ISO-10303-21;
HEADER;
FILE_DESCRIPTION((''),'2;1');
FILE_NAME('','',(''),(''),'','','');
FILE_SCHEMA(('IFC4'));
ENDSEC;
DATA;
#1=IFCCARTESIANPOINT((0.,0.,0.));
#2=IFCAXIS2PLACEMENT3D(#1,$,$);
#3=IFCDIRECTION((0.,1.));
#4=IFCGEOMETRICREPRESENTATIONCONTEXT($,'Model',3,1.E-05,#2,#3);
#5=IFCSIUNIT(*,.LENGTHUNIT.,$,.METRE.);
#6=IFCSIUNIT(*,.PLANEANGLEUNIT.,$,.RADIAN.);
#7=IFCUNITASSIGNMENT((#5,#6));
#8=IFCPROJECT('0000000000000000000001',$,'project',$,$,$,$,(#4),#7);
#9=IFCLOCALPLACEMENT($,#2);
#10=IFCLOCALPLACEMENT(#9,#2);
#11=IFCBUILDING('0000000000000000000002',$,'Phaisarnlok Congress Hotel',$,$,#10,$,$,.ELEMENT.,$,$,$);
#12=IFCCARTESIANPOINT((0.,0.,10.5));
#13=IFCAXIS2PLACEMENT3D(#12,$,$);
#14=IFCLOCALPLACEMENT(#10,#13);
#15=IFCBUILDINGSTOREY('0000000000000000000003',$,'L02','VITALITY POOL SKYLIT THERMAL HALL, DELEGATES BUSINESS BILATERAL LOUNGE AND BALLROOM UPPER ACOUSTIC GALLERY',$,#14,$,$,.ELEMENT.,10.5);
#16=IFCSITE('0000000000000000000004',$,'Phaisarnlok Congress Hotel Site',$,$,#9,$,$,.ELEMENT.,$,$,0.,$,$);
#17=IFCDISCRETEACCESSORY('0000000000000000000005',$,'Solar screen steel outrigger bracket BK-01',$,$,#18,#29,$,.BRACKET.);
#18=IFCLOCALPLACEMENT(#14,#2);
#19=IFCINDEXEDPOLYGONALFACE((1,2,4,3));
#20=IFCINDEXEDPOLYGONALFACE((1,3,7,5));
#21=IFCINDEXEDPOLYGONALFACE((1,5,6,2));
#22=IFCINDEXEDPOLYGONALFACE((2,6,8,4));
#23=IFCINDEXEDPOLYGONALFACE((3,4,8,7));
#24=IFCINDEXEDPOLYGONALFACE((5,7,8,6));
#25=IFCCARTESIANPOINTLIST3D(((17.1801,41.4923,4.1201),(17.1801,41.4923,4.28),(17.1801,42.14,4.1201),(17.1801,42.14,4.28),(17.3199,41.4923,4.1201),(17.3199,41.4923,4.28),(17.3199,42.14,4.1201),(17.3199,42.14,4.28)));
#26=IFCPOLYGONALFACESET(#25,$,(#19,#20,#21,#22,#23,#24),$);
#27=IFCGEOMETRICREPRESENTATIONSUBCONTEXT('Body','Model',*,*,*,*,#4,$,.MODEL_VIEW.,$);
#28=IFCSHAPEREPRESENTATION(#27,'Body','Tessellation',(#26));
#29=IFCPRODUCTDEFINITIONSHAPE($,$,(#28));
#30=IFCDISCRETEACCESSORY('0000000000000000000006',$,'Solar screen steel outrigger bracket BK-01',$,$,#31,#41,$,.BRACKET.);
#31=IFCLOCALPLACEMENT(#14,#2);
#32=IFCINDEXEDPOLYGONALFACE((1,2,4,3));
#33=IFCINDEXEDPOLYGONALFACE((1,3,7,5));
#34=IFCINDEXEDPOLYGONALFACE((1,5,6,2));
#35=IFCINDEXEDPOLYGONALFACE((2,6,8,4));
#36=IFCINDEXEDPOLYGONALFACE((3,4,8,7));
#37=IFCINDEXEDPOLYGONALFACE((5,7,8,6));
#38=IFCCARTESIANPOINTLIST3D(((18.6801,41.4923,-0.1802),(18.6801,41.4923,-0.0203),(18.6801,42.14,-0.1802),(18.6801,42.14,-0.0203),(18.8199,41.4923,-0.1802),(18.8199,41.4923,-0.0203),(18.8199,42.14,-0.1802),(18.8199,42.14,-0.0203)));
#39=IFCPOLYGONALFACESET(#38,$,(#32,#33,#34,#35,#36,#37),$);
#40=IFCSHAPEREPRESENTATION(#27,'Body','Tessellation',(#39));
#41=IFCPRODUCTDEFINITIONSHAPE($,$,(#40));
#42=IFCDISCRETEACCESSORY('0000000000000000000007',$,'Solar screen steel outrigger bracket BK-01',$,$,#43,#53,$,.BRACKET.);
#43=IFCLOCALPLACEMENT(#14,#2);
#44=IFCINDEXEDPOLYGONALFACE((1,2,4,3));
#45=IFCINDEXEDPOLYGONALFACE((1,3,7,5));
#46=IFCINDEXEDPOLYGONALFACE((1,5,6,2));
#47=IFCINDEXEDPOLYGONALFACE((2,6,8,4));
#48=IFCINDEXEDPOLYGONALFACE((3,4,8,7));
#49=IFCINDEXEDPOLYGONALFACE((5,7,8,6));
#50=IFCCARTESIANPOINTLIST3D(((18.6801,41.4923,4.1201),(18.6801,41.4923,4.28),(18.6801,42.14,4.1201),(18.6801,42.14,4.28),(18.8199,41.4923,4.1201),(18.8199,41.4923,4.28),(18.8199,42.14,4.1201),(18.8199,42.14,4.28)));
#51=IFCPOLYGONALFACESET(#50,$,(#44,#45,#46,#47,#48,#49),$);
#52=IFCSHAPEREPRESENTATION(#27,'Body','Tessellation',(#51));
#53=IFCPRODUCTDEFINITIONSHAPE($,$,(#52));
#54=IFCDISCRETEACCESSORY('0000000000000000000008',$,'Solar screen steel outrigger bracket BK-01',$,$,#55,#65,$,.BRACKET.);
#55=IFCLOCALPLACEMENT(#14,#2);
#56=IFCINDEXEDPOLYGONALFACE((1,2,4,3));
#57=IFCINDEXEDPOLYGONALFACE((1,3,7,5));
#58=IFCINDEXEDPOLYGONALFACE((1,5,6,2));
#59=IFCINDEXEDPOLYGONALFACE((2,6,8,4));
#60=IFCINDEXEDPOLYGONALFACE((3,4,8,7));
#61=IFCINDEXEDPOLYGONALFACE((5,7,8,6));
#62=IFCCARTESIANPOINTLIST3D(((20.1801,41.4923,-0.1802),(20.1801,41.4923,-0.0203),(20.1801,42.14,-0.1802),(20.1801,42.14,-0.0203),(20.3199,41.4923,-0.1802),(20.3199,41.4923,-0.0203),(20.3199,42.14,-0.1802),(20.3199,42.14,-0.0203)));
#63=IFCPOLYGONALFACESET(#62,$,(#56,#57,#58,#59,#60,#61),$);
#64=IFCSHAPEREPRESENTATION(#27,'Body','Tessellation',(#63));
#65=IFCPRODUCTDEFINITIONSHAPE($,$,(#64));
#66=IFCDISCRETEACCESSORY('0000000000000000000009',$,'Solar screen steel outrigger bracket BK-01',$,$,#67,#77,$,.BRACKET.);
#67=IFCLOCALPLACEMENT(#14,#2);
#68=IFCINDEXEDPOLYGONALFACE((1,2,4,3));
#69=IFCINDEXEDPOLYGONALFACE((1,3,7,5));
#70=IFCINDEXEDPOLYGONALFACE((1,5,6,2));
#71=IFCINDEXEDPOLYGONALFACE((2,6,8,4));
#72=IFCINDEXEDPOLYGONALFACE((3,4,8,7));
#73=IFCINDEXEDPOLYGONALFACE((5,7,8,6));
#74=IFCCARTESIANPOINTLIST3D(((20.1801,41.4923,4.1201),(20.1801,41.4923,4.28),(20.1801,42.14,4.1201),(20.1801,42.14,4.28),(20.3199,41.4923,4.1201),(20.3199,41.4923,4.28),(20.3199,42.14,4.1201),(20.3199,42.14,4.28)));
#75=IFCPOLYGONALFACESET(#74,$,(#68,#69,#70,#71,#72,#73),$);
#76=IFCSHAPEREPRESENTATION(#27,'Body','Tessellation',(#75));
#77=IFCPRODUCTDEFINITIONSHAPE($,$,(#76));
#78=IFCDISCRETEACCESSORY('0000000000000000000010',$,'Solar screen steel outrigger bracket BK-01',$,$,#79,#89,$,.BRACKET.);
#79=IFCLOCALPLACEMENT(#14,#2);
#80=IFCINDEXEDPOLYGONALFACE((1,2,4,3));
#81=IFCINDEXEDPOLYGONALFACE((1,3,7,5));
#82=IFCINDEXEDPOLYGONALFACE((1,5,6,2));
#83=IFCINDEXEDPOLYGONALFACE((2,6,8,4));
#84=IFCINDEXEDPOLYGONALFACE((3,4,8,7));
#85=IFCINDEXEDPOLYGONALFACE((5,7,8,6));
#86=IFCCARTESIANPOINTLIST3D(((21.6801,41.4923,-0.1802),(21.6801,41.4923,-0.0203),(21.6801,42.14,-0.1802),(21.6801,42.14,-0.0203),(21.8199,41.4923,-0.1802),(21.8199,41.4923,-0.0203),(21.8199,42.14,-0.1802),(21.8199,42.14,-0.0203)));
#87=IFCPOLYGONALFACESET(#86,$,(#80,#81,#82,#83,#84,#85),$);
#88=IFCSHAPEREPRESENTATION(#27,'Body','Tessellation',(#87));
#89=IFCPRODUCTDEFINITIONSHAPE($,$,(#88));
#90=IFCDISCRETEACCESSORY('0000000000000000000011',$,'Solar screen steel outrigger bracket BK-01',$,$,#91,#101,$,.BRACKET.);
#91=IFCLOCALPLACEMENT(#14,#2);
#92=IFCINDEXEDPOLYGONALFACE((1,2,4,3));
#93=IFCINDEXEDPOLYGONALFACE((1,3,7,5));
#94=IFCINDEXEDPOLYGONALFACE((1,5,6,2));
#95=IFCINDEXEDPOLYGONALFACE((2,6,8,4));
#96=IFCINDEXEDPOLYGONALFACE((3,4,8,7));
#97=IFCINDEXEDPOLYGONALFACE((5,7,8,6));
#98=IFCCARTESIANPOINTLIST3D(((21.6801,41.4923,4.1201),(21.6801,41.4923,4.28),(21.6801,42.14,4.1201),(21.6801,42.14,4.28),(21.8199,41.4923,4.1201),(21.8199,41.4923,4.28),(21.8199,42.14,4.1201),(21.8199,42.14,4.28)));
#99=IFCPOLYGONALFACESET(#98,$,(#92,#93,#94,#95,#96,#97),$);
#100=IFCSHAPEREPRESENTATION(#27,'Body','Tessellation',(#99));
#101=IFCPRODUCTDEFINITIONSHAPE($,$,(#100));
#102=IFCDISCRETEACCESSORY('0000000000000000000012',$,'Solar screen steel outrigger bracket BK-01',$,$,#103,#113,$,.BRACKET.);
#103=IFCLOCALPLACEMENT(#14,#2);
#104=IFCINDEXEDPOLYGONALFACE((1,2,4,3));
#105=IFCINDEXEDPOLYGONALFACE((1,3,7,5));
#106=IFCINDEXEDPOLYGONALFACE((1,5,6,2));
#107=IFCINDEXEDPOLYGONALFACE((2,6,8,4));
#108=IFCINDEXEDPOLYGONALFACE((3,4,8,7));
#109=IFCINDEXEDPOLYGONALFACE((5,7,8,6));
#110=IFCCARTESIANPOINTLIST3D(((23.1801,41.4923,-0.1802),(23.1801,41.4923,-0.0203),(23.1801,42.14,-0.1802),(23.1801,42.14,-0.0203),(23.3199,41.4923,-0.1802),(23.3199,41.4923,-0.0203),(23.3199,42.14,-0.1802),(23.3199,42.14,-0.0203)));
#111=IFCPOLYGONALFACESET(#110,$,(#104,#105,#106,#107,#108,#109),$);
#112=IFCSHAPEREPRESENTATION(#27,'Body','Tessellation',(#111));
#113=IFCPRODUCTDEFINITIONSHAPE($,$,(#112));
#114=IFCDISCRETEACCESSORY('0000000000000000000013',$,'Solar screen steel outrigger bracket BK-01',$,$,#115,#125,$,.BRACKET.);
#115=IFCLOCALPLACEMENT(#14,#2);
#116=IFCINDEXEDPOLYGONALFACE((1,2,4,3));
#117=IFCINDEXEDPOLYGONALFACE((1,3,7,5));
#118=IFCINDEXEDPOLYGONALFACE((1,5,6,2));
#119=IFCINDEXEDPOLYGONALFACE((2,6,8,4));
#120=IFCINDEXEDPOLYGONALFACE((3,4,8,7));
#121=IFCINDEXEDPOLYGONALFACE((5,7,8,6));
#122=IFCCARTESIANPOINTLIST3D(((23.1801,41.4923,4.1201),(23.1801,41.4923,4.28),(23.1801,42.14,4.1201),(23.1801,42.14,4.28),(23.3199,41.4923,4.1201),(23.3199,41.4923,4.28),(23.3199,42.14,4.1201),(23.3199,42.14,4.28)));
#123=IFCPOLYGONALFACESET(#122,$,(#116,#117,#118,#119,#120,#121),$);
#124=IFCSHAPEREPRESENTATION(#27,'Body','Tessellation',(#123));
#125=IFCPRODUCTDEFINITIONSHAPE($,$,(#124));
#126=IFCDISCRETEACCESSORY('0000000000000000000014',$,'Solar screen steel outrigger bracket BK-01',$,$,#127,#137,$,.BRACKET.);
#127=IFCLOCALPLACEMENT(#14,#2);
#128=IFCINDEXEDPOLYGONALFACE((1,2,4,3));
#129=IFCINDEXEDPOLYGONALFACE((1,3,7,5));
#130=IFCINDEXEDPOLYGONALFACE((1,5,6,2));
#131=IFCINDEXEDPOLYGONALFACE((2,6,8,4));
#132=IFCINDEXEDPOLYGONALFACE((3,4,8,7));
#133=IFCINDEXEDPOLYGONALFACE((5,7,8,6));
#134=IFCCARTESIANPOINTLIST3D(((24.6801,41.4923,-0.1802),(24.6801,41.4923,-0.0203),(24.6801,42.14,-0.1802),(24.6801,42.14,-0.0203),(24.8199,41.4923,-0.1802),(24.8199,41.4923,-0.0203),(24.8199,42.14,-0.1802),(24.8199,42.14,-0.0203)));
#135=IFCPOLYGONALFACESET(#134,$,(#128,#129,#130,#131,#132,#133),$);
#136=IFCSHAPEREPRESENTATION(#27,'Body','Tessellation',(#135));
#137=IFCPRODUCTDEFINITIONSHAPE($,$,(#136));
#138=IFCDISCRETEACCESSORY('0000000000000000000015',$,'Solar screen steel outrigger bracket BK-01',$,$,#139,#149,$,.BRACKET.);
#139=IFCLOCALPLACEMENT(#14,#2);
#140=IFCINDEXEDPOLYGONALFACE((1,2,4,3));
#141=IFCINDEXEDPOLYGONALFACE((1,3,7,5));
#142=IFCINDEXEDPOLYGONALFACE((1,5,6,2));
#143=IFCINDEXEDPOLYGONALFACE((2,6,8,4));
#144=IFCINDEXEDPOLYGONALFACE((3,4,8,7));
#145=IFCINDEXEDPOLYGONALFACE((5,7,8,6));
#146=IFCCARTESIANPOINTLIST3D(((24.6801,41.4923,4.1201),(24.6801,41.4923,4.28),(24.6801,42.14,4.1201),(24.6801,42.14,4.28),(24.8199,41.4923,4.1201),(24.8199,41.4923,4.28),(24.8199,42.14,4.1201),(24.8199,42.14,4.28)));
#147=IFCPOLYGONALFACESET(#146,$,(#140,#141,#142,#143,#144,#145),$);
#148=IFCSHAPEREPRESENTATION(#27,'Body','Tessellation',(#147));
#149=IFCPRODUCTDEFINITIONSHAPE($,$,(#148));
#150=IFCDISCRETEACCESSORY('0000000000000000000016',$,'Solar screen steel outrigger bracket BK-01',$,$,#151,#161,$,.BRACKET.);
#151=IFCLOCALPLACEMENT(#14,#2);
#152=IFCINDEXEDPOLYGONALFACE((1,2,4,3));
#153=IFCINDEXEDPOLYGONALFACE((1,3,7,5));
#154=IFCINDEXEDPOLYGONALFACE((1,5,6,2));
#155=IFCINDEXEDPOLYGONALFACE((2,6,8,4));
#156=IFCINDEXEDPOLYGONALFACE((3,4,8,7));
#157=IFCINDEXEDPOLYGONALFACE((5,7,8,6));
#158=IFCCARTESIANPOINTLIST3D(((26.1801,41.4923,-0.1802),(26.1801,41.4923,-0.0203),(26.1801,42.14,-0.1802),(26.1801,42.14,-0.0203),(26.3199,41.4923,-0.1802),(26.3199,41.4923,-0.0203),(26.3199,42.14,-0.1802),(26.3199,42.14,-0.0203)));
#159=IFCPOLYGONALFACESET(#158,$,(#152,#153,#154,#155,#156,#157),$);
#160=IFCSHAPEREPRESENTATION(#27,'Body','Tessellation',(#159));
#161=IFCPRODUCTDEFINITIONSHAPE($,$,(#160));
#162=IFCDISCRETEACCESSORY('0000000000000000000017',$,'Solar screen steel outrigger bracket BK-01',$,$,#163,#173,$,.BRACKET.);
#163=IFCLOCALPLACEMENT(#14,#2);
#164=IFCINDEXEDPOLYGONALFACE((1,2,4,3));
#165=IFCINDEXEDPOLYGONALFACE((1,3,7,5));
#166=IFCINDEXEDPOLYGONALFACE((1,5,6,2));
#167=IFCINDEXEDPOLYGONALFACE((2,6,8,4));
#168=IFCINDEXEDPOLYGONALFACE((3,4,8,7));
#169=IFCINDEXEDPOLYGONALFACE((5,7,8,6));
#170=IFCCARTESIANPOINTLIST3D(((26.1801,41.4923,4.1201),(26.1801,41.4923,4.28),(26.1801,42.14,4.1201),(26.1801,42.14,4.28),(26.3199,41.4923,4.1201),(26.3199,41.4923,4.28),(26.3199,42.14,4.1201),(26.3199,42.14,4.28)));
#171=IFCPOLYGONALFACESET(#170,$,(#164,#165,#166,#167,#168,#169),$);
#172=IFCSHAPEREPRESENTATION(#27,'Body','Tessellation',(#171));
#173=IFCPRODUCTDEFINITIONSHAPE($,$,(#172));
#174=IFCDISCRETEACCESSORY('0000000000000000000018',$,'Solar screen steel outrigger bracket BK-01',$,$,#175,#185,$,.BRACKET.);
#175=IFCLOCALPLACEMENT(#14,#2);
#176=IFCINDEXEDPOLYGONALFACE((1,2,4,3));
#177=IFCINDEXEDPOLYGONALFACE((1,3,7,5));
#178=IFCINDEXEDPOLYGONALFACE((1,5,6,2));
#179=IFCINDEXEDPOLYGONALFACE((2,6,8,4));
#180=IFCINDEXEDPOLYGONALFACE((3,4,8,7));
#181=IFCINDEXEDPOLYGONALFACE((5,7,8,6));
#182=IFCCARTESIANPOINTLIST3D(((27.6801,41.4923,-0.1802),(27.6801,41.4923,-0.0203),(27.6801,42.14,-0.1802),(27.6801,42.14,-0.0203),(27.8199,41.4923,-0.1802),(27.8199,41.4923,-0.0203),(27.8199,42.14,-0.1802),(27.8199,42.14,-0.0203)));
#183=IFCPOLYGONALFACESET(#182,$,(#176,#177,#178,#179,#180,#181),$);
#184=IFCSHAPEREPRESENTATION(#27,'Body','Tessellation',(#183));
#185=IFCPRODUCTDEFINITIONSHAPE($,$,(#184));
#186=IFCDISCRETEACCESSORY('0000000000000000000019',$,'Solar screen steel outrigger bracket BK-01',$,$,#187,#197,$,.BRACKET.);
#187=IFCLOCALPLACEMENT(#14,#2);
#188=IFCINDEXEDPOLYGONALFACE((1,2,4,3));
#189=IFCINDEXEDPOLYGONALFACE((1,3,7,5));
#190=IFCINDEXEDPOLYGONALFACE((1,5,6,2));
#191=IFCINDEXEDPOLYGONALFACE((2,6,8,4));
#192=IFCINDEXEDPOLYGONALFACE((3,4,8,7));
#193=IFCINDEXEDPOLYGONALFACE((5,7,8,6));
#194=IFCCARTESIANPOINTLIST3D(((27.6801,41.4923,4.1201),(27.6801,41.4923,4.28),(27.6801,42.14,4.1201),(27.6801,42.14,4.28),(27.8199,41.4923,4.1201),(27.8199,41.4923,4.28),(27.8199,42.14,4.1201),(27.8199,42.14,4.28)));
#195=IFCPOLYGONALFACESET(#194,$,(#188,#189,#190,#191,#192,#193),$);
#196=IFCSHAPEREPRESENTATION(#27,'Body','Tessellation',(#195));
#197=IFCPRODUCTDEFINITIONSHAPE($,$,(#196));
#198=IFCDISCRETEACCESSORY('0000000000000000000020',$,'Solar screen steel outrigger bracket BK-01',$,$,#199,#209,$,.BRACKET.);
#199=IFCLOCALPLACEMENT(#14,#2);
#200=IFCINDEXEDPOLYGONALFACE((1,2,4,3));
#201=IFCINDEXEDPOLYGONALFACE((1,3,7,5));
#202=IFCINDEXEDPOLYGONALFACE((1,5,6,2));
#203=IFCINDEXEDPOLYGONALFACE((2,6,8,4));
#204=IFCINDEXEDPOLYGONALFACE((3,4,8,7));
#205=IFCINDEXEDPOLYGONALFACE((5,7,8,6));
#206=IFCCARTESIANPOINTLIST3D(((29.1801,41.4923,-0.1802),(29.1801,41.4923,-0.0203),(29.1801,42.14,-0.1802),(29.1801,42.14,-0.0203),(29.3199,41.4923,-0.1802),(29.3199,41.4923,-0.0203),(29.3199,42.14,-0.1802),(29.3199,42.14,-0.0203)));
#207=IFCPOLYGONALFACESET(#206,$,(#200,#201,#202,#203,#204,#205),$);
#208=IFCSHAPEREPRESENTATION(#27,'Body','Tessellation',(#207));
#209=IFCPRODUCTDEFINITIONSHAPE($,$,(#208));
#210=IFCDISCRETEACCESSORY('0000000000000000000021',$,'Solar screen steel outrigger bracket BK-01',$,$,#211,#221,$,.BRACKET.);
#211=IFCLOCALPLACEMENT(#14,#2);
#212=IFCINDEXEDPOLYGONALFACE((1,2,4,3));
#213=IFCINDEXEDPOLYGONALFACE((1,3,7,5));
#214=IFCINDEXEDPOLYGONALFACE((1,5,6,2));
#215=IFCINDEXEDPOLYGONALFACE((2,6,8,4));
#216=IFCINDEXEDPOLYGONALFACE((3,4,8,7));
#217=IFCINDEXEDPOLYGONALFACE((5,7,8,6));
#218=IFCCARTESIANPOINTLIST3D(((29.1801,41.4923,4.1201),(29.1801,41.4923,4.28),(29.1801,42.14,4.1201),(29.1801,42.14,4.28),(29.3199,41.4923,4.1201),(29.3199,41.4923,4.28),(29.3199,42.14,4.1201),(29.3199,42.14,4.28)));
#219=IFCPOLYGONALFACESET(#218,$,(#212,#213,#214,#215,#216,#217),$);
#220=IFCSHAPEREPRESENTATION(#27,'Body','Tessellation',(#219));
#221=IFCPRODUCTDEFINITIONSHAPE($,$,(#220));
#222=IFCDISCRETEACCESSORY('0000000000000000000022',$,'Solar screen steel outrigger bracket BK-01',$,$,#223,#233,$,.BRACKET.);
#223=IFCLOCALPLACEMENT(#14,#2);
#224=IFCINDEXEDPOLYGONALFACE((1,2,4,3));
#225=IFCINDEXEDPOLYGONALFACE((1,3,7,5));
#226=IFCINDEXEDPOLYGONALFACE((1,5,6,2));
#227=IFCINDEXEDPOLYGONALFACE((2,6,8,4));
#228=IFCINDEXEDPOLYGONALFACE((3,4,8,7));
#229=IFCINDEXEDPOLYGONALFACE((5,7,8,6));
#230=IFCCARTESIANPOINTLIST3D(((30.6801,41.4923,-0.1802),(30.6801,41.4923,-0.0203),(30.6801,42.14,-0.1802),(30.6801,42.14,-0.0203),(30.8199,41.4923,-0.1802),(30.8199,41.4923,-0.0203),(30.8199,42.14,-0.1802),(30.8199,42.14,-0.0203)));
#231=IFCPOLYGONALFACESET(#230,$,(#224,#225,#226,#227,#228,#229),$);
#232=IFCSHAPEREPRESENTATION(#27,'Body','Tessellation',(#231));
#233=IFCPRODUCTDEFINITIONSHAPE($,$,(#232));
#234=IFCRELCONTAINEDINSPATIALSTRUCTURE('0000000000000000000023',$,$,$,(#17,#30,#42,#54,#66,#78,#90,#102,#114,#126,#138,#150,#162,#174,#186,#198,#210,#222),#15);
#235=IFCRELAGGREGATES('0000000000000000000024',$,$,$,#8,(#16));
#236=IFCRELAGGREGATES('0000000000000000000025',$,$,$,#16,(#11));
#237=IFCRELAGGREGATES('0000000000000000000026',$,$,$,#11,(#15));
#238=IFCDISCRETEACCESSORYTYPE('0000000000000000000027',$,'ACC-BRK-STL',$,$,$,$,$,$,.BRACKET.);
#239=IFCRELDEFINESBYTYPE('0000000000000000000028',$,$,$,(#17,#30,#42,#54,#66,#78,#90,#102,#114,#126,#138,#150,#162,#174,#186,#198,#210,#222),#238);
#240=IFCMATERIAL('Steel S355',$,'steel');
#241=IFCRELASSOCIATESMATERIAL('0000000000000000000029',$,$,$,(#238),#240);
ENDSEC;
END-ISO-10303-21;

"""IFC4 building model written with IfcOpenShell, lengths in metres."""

from ifc_helpers import new_model, si_unit, direction, frame, origin, origin_2d, place, context, subcontext, project, spatial, rectangle, extrude, material, type_object, element, save


model = new_model("IFC4")

# Units and contexts
model_context = context("Model", 3, precision=1e-05, world=origin(), true_north=direction((0.0, 1.0)))
body_context = subcontext(model_context, "Body", "Model", "MODEL_VIEW")
ifc_project = project(units=[si_unit("LENGTHUNIT", "METRE"), si_unit("PLANEANGLEUNIT", "RADIAN")], contexts=[model_context])

# Site, building, storey
site_placement = place(None, origin())
site = spatial("IfcSite", under=ifc_project, at=site_placement, Name="Phaisarnlok Congress Hotel Site", CompositionType="ELEMENT", RefElevation=0.0)
building_placement = place(site_placement, origin())
building = spatial("IfcBuilding", under=site, at=building_placement, Name="Phaisarnlok Congress Hotel", CompositionType="ELEMENT")
storey_placement = place(building_placement, frame((0.0, 0.0, 10.5)))
storey = spatial("IfcBuildingStorey", under=building, at=storey_placement, Name="L02", Description="VITALITY POOL SKYLIT THERMAL HALL, DELEGATES BUSINESS BILATERAL LOUNGE AND BALLROOM UPPER ACOUSTIC GALLERY", CompositionType="ELEMENT", Elevation=10.5)

# Discrete accessories
ifc_material_1 = material(Name="Steel S355", Category="steel")
discrete_accessory_type = type_object("IfcDiscreteAccessoryType", Name="ACC-BRK-STL", PredefinedType="BRACKET", material=ifc_material_1)
for number, where, z_axis, x_axis, name in (
    (1, (17.25, 41.8162, 4.1201), (0.0, 0.0, 1.0), (1.0, 0.0, 0.0), "Solar screen steel outrigger bracket BK-01"),
    (2, (18.75, 41.8162, -0.1802), (0.0, 0.0, 1.0), (1.0, 0.0, 0.0), "Solar screen steel outrigger bracket BK-01"),
    (3, (18.75, 41.8162, 4.1201), (0.0, 0.0, 1.0), (1.0, 0.0, 0.0), "Solar screen steel outrigger bracket BK-01"),
    (4, (20.25, 41.8162, -0.1802), (0.0, 0.0, 1.0), (1.0, 0.0, 0.0), "Solar screen steel outrigger bracket BK-01"),
    (5, (20.25, 41.8162, 4.1201), (0.0, 0.0, 1.0), (1.0, 0.0, 0.0), "Solar screen steel outrigger bracket BK-01"),
    (6, (21.75, 41.8162, -0.1802), (0.0, 0.0, 1.0), (1.0, 0.0, 0.0), "Solar screen steel outrigger bracket BK-01"),
    (7, (21.75, 41.8162, 4.1201), (0.0, 0.0, 1.0), (1.0, 0.0, 0.0), "Solar screen steel outrigger bracket BK-01"),
    (8, (23.25, 41.8162, -0.1802), (0.0, 0.0, 1.0), (1.0, 0.0, 0.0), "Solar screen steel outrigger bracket BK-01"),
    (9, (23.25, 41.8162, 4.1201), (0.0, 0.0, 1.0), (1.0, 0.0, 0.0), "Solar screen steel outrigger bracket BK-01"),
    (10, (24.75, 41.8162, -0.1802), (0.0, 0.0, 1.0), (1.0, 0.0, 0.0), "Solar screen steel outrigger bracket BK-01"),
    (11, (24.75, 41.8162, 4.1201), (0.0, 0.0, 1.0), (1.0, 0.0, 0.0), "Solar screen steel outrigger bracket BK-01"),
    (12, (26.25, 41.8162, -0.1802), (0.0, 0.0, 1.0), (1.0, 0.0, 0.0), "Solar screen steel outrigger bracket BK-01"),
    (13, (26.25, 41.8162, 4.1201), (0.0, 0.0, 1.0), (1.0, 0.0, 0.0), "Solar screen steel outrigger bracket BK-01"),
    (14, (27.75, 41.8162, -0.1802), (0.0, 0.0, 1.0), (1.0, 0.0, 0.0), "Solar screen steel outrigger bracket BK-01"),
    (15, (27.75, 41.8162, 4.1201), (0.0, 0.0, 1.0), (1.0, 0.0, 0.0), "Solar screen steel outrigger bracket BK-01"),
    (16, (29.25, 41.8162, -0.1802), (0.0, 0.0, 1.0), (1.0, 0.0, 0.0), "Solar screen steel outrigger bracket BK-01"),
    (17, (29.25, 41.8162, 4.1201), (0.0, 0.0, 1.0), (1.0, 0.0, 0.0), "Solar screen steel outrigger bracket BK-01"),
    (18, (30.75, 41.8162, -0.1802), (0.0, 0.0, 1.0), (1.0, 0.0, 0.0), "Solar screen steel outrigger bracket BK-01"),
):
    element("IfcDiscreteAccessory", number, at=place(storey_placement, frame(where, z_axis=z_axis, x_axis=x_axis)), inside=storey, type_object=discrete_accessory_type, Name=name, PredefinedType="BRACKET", context=body_context, shape_type="SweptSolid", body=[
        extrude(rectangle(XDim=0.1399, YDim=0.6477, at=origin_2d()), origin(), (0.0, 0.0, 1.0), 0.1599),
    ])

save(model, "model.ifc")
